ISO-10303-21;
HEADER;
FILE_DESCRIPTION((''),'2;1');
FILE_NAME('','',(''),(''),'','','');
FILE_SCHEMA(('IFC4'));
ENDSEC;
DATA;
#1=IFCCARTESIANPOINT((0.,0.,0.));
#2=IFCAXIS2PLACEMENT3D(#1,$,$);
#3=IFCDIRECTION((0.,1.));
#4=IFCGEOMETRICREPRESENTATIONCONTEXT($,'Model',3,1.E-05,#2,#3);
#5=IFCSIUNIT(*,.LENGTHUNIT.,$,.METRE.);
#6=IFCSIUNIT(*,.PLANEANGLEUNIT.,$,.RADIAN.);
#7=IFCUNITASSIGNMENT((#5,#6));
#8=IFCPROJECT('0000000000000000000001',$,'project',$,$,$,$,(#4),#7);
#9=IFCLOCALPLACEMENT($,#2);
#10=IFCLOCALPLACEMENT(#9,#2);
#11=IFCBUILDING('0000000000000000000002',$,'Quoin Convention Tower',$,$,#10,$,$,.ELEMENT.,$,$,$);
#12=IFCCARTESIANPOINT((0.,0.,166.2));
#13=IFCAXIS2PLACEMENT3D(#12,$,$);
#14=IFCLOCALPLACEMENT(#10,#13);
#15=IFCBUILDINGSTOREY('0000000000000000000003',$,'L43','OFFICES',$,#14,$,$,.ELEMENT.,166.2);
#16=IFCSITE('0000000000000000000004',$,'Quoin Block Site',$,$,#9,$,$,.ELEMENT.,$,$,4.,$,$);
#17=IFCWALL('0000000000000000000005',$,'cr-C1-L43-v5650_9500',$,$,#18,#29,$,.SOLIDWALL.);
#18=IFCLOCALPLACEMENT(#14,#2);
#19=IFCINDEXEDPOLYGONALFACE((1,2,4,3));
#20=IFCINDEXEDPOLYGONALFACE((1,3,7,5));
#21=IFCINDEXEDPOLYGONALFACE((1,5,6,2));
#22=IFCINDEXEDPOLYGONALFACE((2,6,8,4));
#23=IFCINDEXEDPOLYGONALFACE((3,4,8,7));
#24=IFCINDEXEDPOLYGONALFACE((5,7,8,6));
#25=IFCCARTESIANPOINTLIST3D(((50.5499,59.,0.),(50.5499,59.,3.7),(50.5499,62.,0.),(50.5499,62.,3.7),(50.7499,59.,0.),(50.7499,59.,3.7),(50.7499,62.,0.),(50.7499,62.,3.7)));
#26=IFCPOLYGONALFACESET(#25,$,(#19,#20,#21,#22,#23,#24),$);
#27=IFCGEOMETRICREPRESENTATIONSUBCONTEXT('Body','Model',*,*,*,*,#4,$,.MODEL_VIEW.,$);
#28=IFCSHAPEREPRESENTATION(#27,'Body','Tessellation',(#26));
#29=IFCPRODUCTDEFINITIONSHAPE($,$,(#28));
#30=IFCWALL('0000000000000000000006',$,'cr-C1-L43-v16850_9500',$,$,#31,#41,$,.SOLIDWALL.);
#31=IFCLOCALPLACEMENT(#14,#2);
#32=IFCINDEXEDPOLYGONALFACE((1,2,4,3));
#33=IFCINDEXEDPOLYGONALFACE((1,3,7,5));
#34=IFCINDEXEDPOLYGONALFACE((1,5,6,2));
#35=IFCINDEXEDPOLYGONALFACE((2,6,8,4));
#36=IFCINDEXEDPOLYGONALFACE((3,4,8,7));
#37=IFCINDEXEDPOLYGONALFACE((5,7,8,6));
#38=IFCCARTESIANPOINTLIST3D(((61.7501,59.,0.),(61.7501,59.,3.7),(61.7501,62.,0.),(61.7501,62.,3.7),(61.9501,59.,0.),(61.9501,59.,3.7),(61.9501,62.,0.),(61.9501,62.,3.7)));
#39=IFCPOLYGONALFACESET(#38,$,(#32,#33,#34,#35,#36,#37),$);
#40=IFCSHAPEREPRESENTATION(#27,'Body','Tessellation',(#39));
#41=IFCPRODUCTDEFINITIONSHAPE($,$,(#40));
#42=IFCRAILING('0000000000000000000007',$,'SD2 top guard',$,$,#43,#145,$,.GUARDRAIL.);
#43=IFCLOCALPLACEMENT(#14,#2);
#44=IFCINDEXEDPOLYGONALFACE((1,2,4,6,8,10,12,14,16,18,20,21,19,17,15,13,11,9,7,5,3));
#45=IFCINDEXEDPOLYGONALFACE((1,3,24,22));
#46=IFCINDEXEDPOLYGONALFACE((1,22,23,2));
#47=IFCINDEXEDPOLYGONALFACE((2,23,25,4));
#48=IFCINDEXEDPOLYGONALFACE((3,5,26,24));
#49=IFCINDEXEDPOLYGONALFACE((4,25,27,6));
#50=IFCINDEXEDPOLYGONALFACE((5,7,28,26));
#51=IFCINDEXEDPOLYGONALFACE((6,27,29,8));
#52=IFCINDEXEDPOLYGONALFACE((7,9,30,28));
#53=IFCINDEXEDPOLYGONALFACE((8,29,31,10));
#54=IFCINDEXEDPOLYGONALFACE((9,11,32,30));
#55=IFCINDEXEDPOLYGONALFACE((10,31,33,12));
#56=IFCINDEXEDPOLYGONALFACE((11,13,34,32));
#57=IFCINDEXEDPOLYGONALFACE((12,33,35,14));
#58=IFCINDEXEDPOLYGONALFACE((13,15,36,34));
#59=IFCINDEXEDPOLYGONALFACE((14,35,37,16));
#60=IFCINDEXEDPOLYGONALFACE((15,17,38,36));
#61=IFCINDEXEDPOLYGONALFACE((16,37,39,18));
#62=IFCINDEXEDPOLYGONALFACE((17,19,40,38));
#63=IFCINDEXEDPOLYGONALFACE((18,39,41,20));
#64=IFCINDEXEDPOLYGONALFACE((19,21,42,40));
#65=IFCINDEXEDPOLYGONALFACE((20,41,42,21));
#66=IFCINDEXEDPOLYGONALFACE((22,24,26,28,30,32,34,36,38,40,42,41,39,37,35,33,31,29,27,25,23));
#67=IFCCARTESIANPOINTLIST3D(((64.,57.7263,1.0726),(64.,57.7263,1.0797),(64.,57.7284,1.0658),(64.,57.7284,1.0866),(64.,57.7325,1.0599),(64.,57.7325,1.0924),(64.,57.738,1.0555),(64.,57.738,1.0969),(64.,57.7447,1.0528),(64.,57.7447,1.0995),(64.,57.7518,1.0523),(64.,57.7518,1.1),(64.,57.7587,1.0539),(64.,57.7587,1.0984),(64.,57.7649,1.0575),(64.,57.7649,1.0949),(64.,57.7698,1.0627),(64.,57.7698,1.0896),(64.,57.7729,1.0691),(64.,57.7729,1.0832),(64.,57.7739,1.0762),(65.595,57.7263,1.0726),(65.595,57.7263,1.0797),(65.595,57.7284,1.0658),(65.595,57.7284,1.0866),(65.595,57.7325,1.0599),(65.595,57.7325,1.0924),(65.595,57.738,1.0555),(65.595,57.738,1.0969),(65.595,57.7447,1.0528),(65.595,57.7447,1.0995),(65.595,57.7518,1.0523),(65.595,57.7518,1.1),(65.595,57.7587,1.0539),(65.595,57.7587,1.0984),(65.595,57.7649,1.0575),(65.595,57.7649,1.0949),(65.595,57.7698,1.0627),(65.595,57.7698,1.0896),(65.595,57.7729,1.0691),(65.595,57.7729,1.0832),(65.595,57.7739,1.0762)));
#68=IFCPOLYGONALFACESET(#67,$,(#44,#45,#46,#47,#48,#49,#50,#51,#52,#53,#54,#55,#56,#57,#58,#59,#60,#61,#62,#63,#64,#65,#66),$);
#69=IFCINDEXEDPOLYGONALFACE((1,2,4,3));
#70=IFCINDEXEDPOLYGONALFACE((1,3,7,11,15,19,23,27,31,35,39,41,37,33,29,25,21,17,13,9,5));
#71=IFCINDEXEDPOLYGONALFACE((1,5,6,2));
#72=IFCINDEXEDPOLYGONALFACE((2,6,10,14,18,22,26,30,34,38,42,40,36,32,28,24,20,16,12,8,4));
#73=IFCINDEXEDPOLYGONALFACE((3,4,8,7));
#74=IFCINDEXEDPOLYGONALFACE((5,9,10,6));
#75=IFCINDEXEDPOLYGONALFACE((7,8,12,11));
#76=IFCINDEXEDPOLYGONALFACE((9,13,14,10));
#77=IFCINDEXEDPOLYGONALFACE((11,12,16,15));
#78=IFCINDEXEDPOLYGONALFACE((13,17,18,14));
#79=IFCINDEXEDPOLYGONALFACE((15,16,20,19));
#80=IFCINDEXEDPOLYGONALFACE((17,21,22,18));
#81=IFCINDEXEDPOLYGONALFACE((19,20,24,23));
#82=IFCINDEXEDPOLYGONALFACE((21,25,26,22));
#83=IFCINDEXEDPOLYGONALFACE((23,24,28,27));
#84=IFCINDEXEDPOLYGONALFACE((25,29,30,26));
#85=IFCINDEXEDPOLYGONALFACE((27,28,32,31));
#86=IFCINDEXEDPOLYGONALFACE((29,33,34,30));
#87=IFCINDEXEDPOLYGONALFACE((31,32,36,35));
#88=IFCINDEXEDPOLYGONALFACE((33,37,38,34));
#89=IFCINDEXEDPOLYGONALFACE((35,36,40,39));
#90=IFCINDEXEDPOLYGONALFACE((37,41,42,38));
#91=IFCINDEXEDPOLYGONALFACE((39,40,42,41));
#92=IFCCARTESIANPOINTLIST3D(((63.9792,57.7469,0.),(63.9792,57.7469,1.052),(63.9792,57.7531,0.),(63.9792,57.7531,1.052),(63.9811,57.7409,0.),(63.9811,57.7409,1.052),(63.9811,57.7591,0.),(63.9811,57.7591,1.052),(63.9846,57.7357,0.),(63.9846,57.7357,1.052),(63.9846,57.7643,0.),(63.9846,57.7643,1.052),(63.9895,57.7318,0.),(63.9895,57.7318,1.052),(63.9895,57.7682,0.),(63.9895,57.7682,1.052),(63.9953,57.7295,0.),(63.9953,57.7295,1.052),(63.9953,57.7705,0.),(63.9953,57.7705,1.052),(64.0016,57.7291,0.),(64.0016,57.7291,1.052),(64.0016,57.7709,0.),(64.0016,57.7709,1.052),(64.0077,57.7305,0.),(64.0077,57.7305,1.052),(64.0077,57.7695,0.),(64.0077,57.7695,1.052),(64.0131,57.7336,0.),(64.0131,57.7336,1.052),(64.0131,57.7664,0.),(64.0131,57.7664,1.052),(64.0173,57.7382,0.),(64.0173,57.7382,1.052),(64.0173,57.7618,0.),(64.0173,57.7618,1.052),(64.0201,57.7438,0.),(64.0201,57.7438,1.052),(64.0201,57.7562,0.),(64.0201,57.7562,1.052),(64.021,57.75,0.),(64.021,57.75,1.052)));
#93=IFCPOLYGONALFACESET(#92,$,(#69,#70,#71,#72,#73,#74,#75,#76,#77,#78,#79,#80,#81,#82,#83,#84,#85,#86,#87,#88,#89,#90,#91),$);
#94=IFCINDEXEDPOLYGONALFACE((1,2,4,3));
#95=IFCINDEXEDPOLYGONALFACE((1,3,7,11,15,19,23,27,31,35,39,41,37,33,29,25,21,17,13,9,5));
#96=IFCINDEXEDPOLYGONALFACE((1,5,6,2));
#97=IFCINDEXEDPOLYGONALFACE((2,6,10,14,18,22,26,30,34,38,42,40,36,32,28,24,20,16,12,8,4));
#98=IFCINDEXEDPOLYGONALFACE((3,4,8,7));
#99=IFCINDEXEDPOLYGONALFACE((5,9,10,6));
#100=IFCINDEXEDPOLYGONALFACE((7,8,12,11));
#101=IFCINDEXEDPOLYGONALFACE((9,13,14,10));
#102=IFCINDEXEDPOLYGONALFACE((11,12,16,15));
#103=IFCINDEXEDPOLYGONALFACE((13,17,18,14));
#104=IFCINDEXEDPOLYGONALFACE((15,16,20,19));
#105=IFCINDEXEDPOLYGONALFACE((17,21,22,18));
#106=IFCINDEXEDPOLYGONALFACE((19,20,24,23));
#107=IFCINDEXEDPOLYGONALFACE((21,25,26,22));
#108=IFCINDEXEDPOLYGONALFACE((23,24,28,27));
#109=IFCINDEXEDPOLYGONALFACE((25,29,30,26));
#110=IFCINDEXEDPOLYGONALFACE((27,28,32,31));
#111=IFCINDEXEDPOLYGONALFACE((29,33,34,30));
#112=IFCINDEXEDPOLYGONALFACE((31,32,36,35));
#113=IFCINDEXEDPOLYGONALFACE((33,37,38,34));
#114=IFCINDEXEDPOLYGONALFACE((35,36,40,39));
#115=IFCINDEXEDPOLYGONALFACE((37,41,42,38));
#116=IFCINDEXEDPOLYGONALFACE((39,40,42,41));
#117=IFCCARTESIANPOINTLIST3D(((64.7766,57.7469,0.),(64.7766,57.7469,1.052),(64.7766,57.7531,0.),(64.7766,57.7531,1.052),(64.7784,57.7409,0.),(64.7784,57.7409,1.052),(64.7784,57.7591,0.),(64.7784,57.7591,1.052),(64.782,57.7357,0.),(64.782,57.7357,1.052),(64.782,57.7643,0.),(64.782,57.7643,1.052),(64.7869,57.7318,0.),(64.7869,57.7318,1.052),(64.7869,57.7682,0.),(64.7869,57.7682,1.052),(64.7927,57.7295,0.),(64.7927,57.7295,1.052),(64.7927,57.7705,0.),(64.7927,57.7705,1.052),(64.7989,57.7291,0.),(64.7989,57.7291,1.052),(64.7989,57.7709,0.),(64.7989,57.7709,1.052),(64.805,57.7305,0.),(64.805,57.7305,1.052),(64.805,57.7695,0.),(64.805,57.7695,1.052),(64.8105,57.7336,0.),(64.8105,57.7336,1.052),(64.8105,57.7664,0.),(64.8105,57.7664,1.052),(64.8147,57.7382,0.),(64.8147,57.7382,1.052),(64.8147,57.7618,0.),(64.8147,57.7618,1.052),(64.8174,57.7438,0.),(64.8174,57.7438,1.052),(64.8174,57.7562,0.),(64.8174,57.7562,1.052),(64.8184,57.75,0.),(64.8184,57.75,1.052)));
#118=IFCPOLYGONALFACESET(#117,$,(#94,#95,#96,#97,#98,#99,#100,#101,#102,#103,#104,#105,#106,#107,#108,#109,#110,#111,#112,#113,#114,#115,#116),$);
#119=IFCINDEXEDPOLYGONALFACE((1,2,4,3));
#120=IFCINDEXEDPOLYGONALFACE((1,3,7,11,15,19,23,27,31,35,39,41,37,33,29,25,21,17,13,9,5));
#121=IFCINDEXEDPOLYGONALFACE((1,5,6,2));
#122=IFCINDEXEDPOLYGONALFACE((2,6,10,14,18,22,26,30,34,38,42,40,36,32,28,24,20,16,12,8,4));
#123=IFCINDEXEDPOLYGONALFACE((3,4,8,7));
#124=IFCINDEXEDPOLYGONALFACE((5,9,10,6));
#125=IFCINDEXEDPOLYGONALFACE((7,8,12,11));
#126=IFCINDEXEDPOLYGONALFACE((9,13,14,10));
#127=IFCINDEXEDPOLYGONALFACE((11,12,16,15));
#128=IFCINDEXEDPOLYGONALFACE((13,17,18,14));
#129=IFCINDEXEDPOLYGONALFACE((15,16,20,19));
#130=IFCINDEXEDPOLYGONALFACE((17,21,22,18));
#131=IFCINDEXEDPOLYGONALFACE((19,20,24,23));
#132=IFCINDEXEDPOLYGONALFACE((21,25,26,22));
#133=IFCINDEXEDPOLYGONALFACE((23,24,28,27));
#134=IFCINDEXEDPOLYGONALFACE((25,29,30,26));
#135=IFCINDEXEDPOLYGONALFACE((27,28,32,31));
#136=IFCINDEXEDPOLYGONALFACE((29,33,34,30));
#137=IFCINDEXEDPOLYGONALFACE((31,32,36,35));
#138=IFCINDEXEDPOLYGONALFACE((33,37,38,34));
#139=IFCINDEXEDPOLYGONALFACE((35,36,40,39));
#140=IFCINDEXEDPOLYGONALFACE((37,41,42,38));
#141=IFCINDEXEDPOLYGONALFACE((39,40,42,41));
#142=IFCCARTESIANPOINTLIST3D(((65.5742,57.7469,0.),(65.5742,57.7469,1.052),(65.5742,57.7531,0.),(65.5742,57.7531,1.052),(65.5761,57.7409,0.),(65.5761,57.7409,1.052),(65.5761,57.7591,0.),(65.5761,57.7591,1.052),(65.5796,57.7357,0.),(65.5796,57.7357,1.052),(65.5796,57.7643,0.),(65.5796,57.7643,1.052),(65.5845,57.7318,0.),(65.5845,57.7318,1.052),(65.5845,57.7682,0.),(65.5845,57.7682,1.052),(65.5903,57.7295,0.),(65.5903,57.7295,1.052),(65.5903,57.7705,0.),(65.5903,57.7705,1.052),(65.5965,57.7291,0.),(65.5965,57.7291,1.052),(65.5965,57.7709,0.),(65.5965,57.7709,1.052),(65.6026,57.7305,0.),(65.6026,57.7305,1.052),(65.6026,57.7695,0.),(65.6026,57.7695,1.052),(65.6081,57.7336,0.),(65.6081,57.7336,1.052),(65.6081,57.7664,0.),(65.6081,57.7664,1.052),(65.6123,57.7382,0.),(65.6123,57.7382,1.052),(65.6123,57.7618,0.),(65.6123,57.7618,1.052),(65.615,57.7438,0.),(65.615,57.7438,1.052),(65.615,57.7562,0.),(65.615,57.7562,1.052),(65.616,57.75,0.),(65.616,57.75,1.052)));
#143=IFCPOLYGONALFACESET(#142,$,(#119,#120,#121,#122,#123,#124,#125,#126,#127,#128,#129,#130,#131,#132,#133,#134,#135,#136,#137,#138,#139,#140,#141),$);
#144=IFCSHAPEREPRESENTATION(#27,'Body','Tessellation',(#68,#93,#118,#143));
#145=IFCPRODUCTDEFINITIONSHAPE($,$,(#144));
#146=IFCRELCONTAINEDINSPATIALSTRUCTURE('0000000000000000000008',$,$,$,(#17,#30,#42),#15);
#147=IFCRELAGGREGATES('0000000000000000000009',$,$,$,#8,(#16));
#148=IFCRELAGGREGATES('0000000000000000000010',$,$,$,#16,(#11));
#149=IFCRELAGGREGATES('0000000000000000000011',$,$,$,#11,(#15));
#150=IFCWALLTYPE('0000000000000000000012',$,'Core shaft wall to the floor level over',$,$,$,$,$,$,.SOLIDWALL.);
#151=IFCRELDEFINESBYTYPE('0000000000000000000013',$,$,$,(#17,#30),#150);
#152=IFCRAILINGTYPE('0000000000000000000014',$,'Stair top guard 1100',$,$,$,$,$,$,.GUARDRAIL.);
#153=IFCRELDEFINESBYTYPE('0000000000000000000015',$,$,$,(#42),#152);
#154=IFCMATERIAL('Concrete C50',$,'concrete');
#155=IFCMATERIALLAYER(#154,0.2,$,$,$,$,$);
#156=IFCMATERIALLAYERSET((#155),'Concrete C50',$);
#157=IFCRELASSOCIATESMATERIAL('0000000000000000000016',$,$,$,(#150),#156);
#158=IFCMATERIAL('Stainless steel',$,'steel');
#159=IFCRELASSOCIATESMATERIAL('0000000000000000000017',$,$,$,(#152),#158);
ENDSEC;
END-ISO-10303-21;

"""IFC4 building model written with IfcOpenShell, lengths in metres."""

from ifc_helpers import new_model, si_unit, direction, frame, frame_2d, origin, origin_2d, place, context, subcontext, project, spatial, rectangle, circle, extrude, material, layer, layer_set, type_object, element, save


model = new_model("IFC4")

# Units and contexts
model_context = context("Model", 3, precision=1e-05, world=origin(), true_north=direction((0.0, 1.0)))
body_context = subcontext(model_context, "Body", "Model", "MODEL_VIEW")
ifc_project = project(units=[si_unit("LENGTHUNIT", "METRE"), si_unit("PLANEANGLEUNIT", "RADIAN")], contexts=[model_context])

# Site, building, storey
site_placement = place(None, origin())
site = spatial("IfcSite", under=ifc_project, at=site_placement, Name="Quoin Block Site", CompositionType="ELEMENT", RefElevation=4.0)
building_placement = place(site_placement, origin())
building = spatial("IfcBuilding", under=site, at=building_placement, Name="Quoin Convention Tower", CompositionType="ELEMENT")
storey_placement = place(building_placement, frame((0.0, 0.0, 166.2)))
storey = spatial("IfcBuildingStorey", under=building, at=storey_placement, Name="L43", Description="OFFICES", CompositionType="ELEMENT", Elevation=166.2)

# Walls
ifc_material_1 = material(Name="Concrete C50", Category="concrete")
ifc_layer_1 = layer(ifc_material_1, 0.2)
ifc_layer_set_1 = layer_set([ifc_layer_1], Name="Concrete C50")
wall_type_1 = type_object("IfcWallType", Name="Core shaft wall to the floor level over", PredefinedType="SOLIDWALL", material=ifc_layer_set_1)
for number, where, z_axis, x_axis, name in (
    (1, (50.6499, 59.0, 0.0), (0.0, 0.0, 1.0), (0.0, 1.0, 0.0), "cr-C1-L43-v5650_9500"),
    (2, (61.8501, 59.0, 0.0), (0.0, 0.0, 1.0), (0.0, 1.0, 0.0), "cr-C1-L43-v16850_9500"),
):
    element("IfcWall", number, at=place(storey_placement, frame(where, z_axis=z_axis, x_axis=x_axis)), inside=storey, type_object=wall_type_1, Name=name, PredefinedType="SOLIDWALL", context=body_context, shape_type="SweptSolid", body=[
        extrude(rectangle(XDim=3.0, YDim=0.2, at=frame_2d((1.5, 0.0))), origin(), (0.0, 0.0, 1.0), 3.7),
    ])

# Railing
ifc_material_2 = material(Name="Stainless steel", Category="steel")
railing_type = type_object("IfcRailingType", Name="Stair top guard 1100", PredefinedType="GUARDRAIL", material=ifc_material_2)
railing_placement = place(storey_placement, frame((64.0, 57.75, 0.0)))
element("IfcRailing", 3, at=railing_placement, inside=storey, type_object=railing_type, Name="SD2 top guard", PredefinedType="GUARDRAIL", context=body_context, shape_type="SweptSolid", body=[
    extrude(circle(Radius=0.0239, at=origin_2d()), frame((0.0, 0.0, 1.0762), z_axis=(1.0, 0.0, 0.0), x_axis=(0.0, 1.0, 0.0)), (0.0, 0.0, 1.0), 1.595),
    extrude(circle(Radius=0.021, at=origin_2d()), origin(), (0.0, 0.0, 1.0), 1.052),
    extrude(circle(Radius=0.021, at=origin_2d()), frame((0.7974, 0.0, 0.0)), (0.0, 0.0, 1.0), 1.052),
    extrude(circle(Radius=0.021, at=origin_2d()), frame((1.595, 0.0, 0.0)), (0.0, 0.0, 1.0), 1.052),
])

save(model, "model.ifc")
